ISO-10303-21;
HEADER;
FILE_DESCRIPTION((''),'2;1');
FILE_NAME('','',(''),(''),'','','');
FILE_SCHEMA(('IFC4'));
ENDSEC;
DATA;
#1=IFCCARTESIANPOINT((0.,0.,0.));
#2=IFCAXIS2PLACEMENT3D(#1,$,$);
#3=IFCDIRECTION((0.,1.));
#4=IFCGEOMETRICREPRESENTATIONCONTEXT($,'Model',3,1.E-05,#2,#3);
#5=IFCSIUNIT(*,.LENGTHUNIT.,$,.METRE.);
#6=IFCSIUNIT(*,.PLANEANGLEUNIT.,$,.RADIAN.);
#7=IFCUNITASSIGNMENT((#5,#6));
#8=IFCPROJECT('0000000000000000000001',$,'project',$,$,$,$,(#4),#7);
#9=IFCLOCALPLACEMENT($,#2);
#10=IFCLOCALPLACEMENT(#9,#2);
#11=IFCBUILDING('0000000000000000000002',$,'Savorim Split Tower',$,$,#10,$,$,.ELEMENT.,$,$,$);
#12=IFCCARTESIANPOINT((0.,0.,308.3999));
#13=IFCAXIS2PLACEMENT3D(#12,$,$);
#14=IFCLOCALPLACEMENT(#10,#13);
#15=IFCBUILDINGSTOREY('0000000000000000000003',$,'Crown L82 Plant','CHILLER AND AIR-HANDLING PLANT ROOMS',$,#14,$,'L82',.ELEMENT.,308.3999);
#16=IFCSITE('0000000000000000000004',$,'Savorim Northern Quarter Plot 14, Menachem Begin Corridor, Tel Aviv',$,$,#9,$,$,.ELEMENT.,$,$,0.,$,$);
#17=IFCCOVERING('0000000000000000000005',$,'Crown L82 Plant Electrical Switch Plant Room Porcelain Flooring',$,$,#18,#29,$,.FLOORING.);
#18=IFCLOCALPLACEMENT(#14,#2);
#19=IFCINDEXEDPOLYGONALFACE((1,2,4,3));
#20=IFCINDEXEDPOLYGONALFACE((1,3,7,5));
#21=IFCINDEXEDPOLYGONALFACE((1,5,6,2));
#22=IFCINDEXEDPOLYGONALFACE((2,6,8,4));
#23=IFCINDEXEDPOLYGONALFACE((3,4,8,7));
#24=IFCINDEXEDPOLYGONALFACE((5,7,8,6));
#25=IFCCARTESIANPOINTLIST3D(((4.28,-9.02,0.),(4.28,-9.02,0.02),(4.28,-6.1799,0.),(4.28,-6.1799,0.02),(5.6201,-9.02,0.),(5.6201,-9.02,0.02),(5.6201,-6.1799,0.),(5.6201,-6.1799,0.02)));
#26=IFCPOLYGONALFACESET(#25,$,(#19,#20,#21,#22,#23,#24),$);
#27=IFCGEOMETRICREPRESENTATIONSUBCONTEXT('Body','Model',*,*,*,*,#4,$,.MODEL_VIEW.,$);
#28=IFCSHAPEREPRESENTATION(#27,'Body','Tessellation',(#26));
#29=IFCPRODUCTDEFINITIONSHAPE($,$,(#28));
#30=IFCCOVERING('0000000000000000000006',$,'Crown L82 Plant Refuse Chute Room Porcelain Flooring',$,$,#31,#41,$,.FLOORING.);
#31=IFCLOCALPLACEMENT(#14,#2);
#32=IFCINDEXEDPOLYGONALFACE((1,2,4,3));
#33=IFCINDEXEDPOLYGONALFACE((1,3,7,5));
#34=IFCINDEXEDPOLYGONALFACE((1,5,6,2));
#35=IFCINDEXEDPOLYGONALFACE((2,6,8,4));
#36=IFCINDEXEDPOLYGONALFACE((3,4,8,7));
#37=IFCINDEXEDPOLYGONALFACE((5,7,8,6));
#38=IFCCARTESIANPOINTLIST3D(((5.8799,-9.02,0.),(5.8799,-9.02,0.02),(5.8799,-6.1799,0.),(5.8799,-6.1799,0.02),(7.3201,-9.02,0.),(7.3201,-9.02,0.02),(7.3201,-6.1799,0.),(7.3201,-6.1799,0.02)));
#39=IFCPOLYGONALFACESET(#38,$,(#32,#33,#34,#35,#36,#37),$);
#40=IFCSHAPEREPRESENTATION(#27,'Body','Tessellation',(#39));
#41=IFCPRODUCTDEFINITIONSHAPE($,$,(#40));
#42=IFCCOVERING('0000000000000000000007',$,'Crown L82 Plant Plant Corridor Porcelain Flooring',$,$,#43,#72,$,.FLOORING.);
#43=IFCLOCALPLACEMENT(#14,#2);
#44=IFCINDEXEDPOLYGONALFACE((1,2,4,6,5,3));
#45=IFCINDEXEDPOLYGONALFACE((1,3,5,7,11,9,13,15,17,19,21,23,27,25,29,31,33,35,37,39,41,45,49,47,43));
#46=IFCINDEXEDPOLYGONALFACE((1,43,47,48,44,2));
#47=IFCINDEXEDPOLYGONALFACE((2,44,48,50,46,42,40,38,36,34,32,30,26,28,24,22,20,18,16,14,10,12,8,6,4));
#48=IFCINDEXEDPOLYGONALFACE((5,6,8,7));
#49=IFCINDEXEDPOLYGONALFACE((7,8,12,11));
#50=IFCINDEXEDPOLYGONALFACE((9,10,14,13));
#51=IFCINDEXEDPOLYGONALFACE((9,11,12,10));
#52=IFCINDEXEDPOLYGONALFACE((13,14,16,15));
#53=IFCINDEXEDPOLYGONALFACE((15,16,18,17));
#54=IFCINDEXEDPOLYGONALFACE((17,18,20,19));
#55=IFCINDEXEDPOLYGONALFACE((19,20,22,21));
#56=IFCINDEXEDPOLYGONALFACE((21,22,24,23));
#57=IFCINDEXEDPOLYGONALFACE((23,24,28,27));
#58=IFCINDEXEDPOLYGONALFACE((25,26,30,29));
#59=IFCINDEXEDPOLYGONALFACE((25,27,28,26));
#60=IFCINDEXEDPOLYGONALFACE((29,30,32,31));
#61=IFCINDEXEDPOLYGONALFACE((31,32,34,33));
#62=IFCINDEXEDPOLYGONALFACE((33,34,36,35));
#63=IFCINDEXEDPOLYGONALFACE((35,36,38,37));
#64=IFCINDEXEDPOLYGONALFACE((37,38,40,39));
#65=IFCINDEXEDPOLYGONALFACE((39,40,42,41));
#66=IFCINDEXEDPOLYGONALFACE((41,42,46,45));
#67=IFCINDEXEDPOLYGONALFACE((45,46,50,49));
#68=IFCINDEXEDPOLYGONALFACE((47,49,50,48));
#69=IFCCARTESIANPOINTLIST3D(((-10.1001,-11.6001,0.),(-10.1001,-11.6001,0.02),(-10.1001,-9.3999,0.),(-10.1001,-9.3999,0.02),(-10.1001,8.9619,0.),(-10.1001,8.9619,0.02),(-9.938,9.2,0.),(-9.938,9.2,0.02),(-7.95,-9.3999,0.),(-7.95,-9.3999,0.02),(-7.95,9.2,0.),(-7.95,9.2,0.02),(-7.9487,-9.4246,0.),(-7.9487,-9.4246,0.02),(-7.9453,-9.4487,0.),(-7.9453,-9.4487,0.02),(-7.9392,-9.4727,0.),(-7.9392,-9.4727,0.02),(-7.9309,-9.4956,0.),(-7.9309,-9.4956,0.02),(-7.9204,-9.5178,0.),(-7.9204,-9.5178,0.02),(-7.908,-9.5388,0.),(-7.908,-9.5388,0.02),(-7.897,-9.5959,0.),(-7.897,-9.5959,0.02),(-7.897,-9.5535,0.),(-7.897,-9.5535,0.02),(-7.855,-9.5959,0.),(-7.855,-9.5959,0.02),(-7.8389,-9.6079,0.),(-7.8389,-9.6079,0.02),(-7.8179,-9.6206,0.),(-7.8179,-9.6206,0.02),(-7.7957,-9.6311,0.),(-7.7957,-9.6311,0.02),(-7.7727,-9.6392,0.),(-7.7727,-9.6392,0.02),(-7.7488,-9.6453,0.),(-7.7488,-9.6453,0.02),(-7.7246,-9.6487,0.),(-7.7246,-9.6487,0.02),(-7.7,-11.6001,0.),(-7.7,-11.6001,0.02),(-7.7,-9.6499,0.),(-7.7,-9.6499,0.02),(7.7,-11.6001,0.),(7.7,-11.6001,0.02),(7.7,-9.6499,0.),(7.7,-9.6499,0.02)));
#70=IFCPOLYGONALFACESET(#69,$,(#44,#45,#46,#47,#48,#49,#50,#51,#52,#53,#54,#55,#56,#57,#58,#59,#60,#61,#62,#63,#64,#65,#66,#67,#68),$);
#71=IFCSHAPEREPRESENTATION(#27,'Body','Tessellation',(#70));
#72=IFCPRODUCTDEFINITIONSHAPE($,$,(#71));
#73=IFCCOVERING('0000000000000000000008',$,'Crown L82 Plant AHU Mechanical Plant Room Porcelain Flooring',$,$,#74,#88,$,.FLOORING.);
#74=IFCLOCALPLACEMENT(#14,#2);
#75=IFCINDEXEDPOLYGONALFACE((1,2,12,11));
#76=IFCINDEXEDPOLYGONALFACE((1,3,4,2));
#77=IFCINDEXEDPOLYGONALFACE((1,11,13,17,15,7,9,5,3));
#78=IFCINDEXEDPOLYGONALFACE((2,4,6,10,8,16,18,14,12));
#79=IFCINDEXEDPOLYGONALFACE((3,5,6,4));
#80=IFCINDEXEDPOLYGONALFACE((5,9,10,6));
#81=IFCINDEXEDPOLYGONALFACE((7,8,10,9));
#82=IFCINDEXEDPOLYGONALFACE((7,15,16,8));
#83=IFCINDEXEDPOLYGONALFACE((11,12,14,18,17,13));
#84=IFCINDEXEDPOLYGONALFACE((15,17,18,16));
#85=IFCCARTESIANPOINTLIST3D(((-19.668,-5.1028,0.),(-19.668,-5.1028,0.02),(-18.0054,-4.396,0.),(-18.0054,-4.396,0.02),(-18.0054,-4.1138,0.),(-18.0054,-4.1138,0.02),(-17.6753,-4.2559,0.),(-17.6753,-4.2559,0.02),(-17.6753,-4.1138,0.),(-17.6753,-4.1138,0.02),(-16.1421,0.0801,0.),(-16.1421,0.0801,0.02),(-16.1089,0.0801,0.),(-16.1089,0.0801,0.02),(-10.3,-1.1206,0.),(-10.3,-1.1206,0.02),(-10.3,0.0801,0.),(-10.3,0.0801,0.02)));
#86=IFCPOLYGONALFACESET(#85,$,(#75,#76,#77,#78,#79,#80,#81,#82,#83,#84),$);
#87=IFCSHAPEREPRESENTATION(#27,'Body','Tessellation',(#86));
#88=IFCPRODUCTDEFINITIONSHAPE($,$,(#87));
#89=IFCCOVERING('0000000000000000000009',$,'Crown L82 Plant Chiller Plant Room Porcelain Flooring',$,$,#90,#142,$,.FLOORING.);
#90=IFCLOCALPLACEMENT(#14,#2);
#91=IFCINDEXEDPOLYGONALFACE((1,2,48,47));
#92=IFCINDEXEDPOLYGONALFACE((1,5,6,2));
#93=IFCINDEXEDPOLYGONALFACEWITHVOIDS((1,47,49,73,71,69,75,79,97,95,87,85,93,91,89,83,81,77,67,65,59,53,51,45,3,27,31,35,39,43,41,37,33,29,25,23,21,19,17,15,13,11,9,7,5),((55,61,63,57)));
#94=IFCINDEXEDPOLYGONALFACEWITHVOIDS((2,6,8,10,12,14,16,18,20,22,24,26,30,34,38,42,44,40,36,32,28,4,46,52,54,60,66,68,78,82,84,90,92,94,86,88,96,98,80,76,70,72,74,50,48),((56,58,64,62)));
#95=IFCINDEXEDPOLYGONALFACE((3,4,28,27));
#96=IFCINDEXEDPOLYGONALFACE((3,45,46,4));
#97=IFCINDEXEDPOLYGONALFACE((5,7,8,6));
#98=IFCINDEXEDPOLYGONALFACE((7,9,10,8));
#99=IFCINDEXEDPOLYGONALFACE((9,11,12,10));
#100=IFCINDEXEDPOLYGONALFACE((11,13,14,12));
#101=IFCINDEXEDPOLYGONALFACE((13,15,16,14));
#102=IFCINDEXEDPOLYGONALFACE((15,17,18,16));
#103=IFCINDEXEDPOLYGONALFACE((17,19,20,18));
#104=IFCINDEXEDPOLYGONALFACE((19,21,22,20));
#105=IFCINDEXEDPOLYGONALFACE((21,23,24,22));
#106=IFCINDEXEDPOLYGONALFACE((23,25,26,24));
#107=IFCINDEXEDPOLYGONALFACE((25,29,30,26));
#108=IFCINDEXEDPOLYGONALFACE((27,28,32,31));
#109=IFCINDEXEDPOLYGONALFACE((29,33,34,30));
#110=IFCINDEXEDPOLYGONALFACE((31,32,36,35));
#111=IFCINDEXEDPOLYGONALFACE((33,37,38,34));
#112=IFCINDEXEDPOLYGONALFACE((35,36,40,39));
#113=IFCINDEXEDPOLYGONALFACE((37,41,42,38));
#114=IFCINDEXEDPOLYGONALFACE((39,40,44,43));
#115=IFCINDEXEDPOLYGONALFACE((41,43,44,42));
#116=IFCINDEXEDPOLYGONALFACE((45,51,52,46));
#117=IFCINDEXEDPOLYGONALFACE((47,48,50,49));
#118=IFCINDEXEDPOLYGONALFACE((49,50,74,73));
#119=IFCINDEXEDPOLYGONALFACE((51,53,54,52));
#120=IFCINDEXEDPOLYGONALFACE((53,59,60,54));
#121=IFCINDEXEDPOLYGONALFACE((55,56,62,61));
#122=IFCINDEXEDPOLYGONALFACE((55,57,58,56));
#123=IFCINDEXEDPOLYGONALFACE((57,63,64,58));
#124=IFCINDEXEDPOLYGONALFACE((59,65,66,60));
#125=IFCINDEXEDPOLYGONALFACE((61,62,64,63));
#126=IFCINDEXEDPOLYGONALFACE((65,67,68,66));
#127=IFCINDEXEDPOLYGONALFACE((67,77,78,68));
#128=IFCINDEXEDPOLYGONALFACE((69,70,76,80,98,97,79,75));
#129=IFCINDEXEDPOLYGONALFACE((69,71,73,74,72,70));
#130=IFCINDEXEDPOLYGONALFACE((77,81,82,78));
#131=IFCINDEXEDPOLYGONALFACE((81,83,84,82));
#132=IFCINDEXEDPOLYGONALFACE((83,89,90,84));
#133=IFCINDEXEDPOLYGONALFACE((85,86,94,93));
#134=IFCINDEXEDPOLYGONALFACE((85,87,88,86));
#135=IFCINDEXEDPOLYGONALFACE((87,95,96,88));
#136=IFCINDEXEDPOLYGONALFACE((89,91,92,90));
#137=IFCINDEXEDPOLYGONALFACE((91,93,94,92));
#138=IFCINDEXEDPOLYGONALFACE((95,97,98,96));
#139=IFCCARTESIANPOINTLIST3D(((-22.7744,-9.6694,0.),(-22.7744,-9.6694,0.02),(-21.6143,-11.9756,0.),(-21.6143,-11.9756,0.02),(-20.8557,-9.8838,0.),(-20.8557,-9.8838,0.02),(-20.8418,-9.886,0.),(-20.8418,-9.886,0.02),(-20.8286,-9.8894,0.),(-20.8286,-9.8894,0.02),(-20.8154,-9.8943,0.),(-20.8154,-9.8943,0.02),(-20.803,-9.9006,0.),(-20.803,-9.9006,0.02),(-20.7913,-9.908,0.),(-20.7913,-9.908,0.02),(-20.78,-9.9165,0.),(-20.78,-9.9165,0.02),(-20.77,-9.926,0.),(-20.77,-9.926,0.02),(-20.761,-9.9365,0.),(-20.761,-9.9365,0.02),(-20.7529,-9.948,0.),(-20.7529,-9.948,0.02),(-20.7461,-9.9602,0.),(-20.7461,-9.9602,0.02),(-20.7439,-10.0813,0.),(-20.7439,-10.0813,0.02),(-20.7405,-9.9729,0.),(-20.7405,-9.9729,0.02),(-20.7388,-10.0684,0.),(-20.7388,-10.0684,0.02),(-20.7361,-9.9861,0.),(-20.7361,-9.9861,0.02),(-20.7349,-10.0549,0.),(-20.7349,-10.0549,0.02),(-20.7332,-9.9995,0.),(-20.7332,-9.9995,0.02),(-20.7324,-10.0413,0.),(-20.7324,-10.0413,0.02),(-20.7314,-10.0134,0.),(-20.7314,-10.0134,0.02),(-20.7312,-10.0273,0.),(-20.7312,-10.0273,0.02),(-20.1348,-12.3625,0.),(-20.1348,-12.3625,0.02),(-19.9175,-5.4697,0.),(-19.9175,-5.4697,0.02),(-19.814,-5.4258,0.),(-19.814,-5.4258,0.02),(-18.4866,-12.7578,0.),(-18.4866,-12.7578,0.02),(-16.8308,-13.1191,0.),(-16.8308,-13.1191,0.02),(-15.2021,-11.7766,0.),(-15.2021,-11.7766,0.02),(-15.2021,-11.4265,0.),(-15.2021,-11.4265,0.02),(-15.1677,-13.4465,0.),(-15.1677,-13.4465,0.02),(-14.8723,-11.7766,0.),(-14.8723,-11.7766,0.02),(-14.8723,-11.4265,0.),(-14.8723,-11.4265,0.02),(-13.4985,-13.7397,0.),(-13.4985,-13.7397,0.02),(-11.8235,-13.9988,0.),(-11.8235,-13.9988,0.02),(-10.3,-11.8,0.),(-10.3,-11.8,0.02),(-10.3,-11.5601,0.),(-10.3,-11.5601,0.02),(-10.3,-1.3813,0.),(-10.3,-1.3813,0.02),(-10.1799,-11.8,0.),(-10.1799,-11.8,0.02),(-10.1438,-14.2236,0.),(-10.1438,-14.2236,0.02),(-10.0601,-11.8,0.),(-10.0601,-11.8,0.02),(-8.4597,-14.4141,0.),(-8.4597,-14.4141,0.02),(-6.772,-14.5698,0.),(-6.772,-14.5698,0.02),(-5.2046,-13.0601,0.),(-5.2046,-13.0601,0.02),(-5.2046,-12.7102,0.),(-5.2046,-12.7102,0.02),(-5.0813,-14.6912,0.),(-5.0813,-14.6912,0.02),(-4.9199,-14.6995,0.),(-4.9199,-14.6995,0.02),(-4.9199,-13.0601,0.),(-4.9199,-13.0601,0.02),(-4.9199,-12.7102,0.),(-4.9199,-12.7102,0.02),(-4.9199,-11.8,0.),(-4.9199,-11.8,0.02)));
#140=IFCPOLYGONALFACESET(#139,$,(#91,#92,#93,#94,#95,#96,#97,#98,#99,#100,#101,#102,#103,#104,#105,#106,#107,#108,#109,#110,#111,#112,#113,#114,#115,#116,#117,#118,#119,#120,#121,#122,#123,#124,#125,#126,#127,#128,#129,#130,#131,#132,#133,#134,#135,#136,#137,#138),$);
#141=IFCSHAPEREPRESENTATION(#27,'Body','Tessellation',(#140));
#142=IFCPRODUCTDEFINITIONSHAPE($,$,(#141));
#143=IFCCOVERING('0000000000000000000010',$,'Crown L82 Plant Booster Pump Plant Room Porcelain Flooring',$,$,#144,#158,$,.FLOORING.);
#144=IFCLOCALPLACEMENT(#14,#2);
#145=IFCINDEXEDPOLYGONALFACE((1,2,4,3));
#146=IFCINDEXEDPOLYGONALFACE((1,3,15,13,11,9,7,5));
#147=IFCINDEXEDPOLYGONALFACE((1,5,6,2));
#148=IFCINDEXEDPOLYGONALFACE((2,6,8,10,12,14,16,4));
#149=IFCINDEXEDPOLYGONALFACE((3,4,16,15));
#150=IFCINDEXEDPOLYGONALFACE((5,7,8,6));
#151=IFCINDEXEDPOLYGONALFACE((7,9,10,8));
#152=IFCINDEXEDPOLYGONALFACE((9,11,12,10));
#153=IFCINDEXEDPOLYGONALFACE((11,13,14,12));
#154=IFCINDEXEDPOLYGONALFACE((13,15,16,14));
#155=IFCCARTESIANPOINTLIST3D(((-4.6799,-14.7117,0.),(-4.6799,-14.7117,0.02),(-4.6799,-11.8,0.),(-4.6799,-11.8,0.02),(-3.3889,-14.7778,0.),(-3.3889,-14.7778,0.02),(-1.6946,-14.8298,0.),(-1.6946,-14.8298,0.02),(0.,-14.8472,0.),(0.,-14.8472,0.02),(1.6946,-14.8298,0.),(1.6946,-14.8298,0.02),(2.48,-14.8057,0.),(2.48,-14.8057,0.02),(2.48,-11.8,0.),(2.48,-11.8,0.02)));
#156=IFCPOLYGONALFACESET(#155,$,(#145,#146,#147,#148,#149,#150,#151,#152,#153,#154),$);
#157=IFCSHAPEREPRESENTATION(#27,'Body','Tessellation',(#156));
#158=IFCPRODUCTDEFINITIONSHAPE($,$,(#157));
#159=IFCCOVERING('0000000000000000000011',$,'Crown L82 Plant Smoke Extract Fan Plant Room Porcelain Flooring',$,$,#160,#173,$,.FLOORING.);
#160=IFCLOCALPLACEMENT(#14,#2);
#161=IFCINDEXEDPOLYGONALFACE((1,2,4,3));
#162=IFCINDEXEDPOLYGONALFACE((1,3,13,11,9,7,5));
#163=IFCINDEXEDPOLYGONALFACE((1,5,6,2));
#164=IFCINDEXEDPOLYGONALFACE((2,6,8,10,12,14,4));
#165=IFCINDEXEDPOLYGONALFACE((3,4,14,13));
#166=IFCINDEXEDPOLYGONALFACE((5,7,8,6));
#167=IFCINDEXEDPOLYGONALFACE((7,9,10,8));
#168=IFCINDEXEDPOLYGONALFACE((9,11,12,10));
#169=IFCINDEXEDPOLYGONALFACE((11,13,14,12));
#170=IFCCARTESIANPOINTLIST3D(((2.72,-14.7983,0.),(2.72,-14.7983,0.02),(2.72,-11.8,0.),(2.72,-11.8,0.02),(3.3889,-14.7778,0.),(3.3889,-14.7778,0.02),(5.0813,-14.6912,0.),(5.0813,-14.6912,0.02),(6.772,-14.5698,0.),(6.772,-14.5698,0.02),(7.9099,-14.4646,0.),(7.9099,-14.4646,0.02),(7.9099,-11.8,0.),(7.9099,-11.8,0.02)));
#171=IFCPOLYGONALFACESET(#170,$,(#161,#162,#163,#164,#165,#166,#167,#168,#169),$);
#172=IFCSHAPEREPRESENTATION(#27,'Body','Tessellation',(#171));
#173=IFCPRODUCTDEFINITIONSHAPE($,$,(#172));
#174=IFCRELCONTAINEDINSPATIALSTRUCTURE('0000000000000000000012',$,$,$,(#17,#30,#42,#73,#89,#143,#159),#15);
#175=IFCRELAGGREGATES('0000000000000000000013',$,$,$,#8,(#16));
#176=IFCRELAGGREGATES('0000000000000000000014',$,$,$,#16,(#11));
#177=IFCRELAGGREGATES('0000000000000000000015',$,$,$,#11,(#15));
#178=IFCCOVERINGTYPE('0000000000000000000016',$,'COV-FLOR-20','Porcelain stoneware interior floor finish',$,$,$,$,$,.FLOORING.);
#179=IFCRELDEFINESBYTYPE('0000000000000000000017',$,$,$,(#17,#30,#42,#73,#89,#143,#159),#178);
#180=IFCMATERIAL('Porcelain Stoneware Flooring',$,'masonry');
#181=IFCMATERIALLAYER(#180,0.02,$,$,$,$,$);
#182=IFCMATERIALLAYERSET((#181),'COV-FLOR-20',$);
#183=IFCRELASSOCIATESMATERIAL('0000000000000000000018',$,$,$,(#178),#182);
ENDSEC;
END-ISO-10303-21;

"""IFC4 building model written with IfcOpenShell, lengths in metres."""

from ifc_helpers import new_model, si_unit, direction, frame, origin, place, context, subcontext, project, spatial, polyline, outline, extrude, material, layer, layer_set, type_object, element, save


model = new_model("IFC4")

# Units and contexts
model_context = context("Model", 3, precision=1e-05, world=origin(), true_north=direction((0.0, 1.0)))
body_context = subcontext(model_context, "Body", "Model", "MODEL_VIEW")
ifc_project = project(units=[si_unit("LENGTHUNIT", "METRE"), si_unit("PLANEANGLEUNIT", "RADIAN")], contexts=[model_context])

# Site, building, storey
site_placement = place(None, origin())
site = spatial("IfcSite", under=ifc_project, at=site_placement, Name="Savorim Northern Quarter Plot 14, Menachem Begin Corridor, Tel Aviv", CompositionType="ELEMENT", RefElevation=0.0)
building_placement = place(site_placement, origin())
building = spatial("IfcBuilding", under=site, at=building_placement, Name="Savorim Split Tower", CompositionType="ELEMENT")
storey_placement = place(building_placement, frame((0.0, 0.0, 308.3999)))
storey = spatial("IfcBuildingStorey", under=building, at=storey_placement, Name="Crown L82 Plant", Description="CHILLER AND AIR-HANDLING PLANT ROOMS", LongName="L82", CompositionType="ELEMENT", Elevation=308.3999)

# Coverings
ifc_material_1 = material(Name="Porcelain Stoneware Flooring", Category="masonry")
ifc_layer_1 = layer(ifc_material_1, 0.02)
ifc_layer_set_1 = layer_set([ifc_layer_1], Name="COV-FLOR-20")
covering_type_1 = type_object("IfcCoveringType", Name="COV-FLOR-20", Description="Porcelain stoneware interior floor finish", PredefinedType="FLOORING", material=ifc_layer_set_1)
covering_1_placement = place(storey_placement, origin())
element("IfcCovering", 1, at=covering_1_placement, inside=storey, type_object=covering_type_1, Name="Crown L82 Plant Electrical Switch Plant Room Porcelain Flooring", PredefinedType="FLOORING", context=body_context, shape_type="SweptSolid", body=[
    extrude(outline(polyline([(4.28, -6.1799), (4.28, -9.02), (5.6201, -9.02), (5.6201, -6.1799), (4.28, -6.1799)])), origin(), (0.0, 0.0, 1.0), 0.02),
])
covering_2_placement = place(storey_placement, origin())
element("IfcCovering", 2, at=covering_2_placement, inside=storey, type_object=covering_type_1, Name="Crown L82 Plant Refuse Chute Room Porcelain Flooring", PredefinedType="FLOORING", context=body_context, shape_type="SweptSolid", body=[
    extrude(outline(polyline([(5.8799, -6.1799), (5.8799, -9.02), (7.3201, -9.02), (7.3201, -6.1799), (5.8799, -6.1799)])), origin(), (0.0, 0.0, 1.0), 0.02),
])
covering_3_placement = place(storey_placement, origin())
element("IfcCovering", 3, at=covering_3_placement, inside=storey, type_object=covering_type_1, Name="Crown L82 Plant Plant Corridor Porcelain Flooring", PredefinedType="FLOORING", context=body_context, shape_type="SweptSolid", body=[
    extrude(outline(polyline([(-10.1001, -11.6001), (-7.7, -11.6001), (7.7, -11.6001), (7.7, -9.6499), (-7.7, -9.6499), (-7.7246, -9.6487), (-7.7488, -9.6453), (-7.7727, -9.6392), (-7.7957, -9.6311), (-7.8179, -9.6206), (-7.8389, -9.6079), (-7.855, -9.5959), (-7.897, -9.5959), (-7.897, -9.5535), (-7.908, -9.5388), (-7.9204, -9.5178), (-7.9309, -9.4956), (-7.9392, -9.4727), (-7.9453, -9.4487), (-7.9487, -9.4246), (-7.95, -9.3999), (-7.95, 9.2), (-9.938, 9.2), (-10.1001, 8.9619), (-10.1001, -9.3999), (-10.1001, -11.6001)])), origin(), (0.0, 0.0, 1.0), 0.02),
])
covering_4_placement = place(storey_placement, origin())
element("IfcCovering", 4, at=covering_4_placement, inside=storey, type_object=covering_type_1, Name="Crown L82 Plant AHU Mechanical Plant Room Porcelain Flooring", PredefinedType="FLOORING", context=body_context, shape_type="SweptSolid", body=[
    extrude(outline(polyline([(-10.3, 0.0801), (-16.1089, 0.0801), (-16.1421, 0.0801), (-19.668, -5.1028), (-18.0054, -4.396), (-18.0054, -4.1138), (-17.6753, -4.1138), (-17.6753, -4.2559), (-10.3, -1.1206), (-10.3, 0.0801)])), origin(), (0.0, 0.0, 1.0), 0.02),
])
covering_5_placement = place(storey_placement, origin())
element("IfcCovering", 5, at=covering_5_placement, inside=storey, type_object=covering_type_1, Name="Crown L82 Plant Chiller Plant Room Porcelain Flooring", PredefinedType="FLOORING", context=body_context, shape_type="SweptSolid", body=[
    extrude(outline(polyline([(-8.4597, -14.4141), (-6.772, -14.5698), (-5.0813, -14.6912), (-4.9199, -14.6995), (-4.9199, -13.0601), (-5.2046, -13.0601), (-5.2046, -12.7102), (-4.9199, -12.7102), (-4.9199, -11.8), (-10.0601, -11.8), (-10.1799, -11.8), (-10.3, -11.8), (-10.3, -11.5601), (-10.3, -1.3813), (-19.814, -5.4258), (-19.9175, -5.4697), (-22.7744, -9.6694), (-20.8557, -9.8838), (-20.8418, -9.886), (-20.8286, -9.8894), (-20.8154, -9.8943), (-20.803, -9.9006), (-20.7913, -9.908), (-20.78, -9.9165), (-20.77, -9.926), (-20.761, -9.9365), (-20.7529, -9.948), (-20.7461, -9.9602), (-20.7405, -9.9729), (-20.7361, -9.9861), (-20.7332, -9.9995), (-20.7314, -10.0134), (-20.7312, -10.0273), (-20.7324, -10.0413), (-20.7349, -10.0549), (-20.7388, -10.0684), (-20.7439, -10.0813), (-21.6143, -11.9756), (-20.1348, -12.3625), (-18.4866, -12.7578), (-16.8308, -13.1191), (-15.1677, -13.4465), (-13.4985, -13.7397), (-11.8235, -13.9988), (-10.1438, -14.2236), (-8.4597, -14.4141)]), holes=[polyline([(-14.8723, -11.7766), (-14.8723, -11.4265), (-15.2021, -11.4265), (-15.2021, -11.7766), (-14.8723, -11.7766)])]), origin(), (0.0, 0.0, 1.0), 0.02),
])
covering_6_placement = place(storey_placement, origin())
element("IfcCovering", 6, at=covering_6_placement, inside=storey, type_object=covering_type_1, Name="Crown L82 Plant Booster Pump Plant Room Porcelain Flooring", PredefinedType="FLOORING", context=body_context, shape_type="SweptSolid", body=[
    extrude(outline(polyline([(-1.6946, -14.8298), (0.0, -14.8472), (1.6946, -14.8298), (2.48, -14.8057), (2.48, -11.8), (-4.6799, -11.8), (-4.6799, -14.7117), (-3.3889, -14.7778), (-1.6946, -14.8298)])), origin(), (0.0, 0.0, 1.0), 0.02),
])
covering_7_placement = place(storey_placement, origin())
element("IfcCovering", 7, at=covering_7_placement, inside=storey, type_object=covering_type_1, Name="Crown L82 Plant Smoke Extract Fan Plant Room Porcelain Flooring", PredefinedType="FLOORING", context=body_context, shape_type="SweptSolid", body=[
    extrude(outline(polyline([(3.3889, -14.7778), (5.0813, -14.6912), (6.772, -14.5698), (7.9099, -14.4646), (7.9099, -11.8), (2.72, -11.8), (2.72, -14.7983), (3.3889, -14.7778)])), origin(), (0.0, 0.0, 1.0), 0.02),
])

save(model, "model.ifc")
